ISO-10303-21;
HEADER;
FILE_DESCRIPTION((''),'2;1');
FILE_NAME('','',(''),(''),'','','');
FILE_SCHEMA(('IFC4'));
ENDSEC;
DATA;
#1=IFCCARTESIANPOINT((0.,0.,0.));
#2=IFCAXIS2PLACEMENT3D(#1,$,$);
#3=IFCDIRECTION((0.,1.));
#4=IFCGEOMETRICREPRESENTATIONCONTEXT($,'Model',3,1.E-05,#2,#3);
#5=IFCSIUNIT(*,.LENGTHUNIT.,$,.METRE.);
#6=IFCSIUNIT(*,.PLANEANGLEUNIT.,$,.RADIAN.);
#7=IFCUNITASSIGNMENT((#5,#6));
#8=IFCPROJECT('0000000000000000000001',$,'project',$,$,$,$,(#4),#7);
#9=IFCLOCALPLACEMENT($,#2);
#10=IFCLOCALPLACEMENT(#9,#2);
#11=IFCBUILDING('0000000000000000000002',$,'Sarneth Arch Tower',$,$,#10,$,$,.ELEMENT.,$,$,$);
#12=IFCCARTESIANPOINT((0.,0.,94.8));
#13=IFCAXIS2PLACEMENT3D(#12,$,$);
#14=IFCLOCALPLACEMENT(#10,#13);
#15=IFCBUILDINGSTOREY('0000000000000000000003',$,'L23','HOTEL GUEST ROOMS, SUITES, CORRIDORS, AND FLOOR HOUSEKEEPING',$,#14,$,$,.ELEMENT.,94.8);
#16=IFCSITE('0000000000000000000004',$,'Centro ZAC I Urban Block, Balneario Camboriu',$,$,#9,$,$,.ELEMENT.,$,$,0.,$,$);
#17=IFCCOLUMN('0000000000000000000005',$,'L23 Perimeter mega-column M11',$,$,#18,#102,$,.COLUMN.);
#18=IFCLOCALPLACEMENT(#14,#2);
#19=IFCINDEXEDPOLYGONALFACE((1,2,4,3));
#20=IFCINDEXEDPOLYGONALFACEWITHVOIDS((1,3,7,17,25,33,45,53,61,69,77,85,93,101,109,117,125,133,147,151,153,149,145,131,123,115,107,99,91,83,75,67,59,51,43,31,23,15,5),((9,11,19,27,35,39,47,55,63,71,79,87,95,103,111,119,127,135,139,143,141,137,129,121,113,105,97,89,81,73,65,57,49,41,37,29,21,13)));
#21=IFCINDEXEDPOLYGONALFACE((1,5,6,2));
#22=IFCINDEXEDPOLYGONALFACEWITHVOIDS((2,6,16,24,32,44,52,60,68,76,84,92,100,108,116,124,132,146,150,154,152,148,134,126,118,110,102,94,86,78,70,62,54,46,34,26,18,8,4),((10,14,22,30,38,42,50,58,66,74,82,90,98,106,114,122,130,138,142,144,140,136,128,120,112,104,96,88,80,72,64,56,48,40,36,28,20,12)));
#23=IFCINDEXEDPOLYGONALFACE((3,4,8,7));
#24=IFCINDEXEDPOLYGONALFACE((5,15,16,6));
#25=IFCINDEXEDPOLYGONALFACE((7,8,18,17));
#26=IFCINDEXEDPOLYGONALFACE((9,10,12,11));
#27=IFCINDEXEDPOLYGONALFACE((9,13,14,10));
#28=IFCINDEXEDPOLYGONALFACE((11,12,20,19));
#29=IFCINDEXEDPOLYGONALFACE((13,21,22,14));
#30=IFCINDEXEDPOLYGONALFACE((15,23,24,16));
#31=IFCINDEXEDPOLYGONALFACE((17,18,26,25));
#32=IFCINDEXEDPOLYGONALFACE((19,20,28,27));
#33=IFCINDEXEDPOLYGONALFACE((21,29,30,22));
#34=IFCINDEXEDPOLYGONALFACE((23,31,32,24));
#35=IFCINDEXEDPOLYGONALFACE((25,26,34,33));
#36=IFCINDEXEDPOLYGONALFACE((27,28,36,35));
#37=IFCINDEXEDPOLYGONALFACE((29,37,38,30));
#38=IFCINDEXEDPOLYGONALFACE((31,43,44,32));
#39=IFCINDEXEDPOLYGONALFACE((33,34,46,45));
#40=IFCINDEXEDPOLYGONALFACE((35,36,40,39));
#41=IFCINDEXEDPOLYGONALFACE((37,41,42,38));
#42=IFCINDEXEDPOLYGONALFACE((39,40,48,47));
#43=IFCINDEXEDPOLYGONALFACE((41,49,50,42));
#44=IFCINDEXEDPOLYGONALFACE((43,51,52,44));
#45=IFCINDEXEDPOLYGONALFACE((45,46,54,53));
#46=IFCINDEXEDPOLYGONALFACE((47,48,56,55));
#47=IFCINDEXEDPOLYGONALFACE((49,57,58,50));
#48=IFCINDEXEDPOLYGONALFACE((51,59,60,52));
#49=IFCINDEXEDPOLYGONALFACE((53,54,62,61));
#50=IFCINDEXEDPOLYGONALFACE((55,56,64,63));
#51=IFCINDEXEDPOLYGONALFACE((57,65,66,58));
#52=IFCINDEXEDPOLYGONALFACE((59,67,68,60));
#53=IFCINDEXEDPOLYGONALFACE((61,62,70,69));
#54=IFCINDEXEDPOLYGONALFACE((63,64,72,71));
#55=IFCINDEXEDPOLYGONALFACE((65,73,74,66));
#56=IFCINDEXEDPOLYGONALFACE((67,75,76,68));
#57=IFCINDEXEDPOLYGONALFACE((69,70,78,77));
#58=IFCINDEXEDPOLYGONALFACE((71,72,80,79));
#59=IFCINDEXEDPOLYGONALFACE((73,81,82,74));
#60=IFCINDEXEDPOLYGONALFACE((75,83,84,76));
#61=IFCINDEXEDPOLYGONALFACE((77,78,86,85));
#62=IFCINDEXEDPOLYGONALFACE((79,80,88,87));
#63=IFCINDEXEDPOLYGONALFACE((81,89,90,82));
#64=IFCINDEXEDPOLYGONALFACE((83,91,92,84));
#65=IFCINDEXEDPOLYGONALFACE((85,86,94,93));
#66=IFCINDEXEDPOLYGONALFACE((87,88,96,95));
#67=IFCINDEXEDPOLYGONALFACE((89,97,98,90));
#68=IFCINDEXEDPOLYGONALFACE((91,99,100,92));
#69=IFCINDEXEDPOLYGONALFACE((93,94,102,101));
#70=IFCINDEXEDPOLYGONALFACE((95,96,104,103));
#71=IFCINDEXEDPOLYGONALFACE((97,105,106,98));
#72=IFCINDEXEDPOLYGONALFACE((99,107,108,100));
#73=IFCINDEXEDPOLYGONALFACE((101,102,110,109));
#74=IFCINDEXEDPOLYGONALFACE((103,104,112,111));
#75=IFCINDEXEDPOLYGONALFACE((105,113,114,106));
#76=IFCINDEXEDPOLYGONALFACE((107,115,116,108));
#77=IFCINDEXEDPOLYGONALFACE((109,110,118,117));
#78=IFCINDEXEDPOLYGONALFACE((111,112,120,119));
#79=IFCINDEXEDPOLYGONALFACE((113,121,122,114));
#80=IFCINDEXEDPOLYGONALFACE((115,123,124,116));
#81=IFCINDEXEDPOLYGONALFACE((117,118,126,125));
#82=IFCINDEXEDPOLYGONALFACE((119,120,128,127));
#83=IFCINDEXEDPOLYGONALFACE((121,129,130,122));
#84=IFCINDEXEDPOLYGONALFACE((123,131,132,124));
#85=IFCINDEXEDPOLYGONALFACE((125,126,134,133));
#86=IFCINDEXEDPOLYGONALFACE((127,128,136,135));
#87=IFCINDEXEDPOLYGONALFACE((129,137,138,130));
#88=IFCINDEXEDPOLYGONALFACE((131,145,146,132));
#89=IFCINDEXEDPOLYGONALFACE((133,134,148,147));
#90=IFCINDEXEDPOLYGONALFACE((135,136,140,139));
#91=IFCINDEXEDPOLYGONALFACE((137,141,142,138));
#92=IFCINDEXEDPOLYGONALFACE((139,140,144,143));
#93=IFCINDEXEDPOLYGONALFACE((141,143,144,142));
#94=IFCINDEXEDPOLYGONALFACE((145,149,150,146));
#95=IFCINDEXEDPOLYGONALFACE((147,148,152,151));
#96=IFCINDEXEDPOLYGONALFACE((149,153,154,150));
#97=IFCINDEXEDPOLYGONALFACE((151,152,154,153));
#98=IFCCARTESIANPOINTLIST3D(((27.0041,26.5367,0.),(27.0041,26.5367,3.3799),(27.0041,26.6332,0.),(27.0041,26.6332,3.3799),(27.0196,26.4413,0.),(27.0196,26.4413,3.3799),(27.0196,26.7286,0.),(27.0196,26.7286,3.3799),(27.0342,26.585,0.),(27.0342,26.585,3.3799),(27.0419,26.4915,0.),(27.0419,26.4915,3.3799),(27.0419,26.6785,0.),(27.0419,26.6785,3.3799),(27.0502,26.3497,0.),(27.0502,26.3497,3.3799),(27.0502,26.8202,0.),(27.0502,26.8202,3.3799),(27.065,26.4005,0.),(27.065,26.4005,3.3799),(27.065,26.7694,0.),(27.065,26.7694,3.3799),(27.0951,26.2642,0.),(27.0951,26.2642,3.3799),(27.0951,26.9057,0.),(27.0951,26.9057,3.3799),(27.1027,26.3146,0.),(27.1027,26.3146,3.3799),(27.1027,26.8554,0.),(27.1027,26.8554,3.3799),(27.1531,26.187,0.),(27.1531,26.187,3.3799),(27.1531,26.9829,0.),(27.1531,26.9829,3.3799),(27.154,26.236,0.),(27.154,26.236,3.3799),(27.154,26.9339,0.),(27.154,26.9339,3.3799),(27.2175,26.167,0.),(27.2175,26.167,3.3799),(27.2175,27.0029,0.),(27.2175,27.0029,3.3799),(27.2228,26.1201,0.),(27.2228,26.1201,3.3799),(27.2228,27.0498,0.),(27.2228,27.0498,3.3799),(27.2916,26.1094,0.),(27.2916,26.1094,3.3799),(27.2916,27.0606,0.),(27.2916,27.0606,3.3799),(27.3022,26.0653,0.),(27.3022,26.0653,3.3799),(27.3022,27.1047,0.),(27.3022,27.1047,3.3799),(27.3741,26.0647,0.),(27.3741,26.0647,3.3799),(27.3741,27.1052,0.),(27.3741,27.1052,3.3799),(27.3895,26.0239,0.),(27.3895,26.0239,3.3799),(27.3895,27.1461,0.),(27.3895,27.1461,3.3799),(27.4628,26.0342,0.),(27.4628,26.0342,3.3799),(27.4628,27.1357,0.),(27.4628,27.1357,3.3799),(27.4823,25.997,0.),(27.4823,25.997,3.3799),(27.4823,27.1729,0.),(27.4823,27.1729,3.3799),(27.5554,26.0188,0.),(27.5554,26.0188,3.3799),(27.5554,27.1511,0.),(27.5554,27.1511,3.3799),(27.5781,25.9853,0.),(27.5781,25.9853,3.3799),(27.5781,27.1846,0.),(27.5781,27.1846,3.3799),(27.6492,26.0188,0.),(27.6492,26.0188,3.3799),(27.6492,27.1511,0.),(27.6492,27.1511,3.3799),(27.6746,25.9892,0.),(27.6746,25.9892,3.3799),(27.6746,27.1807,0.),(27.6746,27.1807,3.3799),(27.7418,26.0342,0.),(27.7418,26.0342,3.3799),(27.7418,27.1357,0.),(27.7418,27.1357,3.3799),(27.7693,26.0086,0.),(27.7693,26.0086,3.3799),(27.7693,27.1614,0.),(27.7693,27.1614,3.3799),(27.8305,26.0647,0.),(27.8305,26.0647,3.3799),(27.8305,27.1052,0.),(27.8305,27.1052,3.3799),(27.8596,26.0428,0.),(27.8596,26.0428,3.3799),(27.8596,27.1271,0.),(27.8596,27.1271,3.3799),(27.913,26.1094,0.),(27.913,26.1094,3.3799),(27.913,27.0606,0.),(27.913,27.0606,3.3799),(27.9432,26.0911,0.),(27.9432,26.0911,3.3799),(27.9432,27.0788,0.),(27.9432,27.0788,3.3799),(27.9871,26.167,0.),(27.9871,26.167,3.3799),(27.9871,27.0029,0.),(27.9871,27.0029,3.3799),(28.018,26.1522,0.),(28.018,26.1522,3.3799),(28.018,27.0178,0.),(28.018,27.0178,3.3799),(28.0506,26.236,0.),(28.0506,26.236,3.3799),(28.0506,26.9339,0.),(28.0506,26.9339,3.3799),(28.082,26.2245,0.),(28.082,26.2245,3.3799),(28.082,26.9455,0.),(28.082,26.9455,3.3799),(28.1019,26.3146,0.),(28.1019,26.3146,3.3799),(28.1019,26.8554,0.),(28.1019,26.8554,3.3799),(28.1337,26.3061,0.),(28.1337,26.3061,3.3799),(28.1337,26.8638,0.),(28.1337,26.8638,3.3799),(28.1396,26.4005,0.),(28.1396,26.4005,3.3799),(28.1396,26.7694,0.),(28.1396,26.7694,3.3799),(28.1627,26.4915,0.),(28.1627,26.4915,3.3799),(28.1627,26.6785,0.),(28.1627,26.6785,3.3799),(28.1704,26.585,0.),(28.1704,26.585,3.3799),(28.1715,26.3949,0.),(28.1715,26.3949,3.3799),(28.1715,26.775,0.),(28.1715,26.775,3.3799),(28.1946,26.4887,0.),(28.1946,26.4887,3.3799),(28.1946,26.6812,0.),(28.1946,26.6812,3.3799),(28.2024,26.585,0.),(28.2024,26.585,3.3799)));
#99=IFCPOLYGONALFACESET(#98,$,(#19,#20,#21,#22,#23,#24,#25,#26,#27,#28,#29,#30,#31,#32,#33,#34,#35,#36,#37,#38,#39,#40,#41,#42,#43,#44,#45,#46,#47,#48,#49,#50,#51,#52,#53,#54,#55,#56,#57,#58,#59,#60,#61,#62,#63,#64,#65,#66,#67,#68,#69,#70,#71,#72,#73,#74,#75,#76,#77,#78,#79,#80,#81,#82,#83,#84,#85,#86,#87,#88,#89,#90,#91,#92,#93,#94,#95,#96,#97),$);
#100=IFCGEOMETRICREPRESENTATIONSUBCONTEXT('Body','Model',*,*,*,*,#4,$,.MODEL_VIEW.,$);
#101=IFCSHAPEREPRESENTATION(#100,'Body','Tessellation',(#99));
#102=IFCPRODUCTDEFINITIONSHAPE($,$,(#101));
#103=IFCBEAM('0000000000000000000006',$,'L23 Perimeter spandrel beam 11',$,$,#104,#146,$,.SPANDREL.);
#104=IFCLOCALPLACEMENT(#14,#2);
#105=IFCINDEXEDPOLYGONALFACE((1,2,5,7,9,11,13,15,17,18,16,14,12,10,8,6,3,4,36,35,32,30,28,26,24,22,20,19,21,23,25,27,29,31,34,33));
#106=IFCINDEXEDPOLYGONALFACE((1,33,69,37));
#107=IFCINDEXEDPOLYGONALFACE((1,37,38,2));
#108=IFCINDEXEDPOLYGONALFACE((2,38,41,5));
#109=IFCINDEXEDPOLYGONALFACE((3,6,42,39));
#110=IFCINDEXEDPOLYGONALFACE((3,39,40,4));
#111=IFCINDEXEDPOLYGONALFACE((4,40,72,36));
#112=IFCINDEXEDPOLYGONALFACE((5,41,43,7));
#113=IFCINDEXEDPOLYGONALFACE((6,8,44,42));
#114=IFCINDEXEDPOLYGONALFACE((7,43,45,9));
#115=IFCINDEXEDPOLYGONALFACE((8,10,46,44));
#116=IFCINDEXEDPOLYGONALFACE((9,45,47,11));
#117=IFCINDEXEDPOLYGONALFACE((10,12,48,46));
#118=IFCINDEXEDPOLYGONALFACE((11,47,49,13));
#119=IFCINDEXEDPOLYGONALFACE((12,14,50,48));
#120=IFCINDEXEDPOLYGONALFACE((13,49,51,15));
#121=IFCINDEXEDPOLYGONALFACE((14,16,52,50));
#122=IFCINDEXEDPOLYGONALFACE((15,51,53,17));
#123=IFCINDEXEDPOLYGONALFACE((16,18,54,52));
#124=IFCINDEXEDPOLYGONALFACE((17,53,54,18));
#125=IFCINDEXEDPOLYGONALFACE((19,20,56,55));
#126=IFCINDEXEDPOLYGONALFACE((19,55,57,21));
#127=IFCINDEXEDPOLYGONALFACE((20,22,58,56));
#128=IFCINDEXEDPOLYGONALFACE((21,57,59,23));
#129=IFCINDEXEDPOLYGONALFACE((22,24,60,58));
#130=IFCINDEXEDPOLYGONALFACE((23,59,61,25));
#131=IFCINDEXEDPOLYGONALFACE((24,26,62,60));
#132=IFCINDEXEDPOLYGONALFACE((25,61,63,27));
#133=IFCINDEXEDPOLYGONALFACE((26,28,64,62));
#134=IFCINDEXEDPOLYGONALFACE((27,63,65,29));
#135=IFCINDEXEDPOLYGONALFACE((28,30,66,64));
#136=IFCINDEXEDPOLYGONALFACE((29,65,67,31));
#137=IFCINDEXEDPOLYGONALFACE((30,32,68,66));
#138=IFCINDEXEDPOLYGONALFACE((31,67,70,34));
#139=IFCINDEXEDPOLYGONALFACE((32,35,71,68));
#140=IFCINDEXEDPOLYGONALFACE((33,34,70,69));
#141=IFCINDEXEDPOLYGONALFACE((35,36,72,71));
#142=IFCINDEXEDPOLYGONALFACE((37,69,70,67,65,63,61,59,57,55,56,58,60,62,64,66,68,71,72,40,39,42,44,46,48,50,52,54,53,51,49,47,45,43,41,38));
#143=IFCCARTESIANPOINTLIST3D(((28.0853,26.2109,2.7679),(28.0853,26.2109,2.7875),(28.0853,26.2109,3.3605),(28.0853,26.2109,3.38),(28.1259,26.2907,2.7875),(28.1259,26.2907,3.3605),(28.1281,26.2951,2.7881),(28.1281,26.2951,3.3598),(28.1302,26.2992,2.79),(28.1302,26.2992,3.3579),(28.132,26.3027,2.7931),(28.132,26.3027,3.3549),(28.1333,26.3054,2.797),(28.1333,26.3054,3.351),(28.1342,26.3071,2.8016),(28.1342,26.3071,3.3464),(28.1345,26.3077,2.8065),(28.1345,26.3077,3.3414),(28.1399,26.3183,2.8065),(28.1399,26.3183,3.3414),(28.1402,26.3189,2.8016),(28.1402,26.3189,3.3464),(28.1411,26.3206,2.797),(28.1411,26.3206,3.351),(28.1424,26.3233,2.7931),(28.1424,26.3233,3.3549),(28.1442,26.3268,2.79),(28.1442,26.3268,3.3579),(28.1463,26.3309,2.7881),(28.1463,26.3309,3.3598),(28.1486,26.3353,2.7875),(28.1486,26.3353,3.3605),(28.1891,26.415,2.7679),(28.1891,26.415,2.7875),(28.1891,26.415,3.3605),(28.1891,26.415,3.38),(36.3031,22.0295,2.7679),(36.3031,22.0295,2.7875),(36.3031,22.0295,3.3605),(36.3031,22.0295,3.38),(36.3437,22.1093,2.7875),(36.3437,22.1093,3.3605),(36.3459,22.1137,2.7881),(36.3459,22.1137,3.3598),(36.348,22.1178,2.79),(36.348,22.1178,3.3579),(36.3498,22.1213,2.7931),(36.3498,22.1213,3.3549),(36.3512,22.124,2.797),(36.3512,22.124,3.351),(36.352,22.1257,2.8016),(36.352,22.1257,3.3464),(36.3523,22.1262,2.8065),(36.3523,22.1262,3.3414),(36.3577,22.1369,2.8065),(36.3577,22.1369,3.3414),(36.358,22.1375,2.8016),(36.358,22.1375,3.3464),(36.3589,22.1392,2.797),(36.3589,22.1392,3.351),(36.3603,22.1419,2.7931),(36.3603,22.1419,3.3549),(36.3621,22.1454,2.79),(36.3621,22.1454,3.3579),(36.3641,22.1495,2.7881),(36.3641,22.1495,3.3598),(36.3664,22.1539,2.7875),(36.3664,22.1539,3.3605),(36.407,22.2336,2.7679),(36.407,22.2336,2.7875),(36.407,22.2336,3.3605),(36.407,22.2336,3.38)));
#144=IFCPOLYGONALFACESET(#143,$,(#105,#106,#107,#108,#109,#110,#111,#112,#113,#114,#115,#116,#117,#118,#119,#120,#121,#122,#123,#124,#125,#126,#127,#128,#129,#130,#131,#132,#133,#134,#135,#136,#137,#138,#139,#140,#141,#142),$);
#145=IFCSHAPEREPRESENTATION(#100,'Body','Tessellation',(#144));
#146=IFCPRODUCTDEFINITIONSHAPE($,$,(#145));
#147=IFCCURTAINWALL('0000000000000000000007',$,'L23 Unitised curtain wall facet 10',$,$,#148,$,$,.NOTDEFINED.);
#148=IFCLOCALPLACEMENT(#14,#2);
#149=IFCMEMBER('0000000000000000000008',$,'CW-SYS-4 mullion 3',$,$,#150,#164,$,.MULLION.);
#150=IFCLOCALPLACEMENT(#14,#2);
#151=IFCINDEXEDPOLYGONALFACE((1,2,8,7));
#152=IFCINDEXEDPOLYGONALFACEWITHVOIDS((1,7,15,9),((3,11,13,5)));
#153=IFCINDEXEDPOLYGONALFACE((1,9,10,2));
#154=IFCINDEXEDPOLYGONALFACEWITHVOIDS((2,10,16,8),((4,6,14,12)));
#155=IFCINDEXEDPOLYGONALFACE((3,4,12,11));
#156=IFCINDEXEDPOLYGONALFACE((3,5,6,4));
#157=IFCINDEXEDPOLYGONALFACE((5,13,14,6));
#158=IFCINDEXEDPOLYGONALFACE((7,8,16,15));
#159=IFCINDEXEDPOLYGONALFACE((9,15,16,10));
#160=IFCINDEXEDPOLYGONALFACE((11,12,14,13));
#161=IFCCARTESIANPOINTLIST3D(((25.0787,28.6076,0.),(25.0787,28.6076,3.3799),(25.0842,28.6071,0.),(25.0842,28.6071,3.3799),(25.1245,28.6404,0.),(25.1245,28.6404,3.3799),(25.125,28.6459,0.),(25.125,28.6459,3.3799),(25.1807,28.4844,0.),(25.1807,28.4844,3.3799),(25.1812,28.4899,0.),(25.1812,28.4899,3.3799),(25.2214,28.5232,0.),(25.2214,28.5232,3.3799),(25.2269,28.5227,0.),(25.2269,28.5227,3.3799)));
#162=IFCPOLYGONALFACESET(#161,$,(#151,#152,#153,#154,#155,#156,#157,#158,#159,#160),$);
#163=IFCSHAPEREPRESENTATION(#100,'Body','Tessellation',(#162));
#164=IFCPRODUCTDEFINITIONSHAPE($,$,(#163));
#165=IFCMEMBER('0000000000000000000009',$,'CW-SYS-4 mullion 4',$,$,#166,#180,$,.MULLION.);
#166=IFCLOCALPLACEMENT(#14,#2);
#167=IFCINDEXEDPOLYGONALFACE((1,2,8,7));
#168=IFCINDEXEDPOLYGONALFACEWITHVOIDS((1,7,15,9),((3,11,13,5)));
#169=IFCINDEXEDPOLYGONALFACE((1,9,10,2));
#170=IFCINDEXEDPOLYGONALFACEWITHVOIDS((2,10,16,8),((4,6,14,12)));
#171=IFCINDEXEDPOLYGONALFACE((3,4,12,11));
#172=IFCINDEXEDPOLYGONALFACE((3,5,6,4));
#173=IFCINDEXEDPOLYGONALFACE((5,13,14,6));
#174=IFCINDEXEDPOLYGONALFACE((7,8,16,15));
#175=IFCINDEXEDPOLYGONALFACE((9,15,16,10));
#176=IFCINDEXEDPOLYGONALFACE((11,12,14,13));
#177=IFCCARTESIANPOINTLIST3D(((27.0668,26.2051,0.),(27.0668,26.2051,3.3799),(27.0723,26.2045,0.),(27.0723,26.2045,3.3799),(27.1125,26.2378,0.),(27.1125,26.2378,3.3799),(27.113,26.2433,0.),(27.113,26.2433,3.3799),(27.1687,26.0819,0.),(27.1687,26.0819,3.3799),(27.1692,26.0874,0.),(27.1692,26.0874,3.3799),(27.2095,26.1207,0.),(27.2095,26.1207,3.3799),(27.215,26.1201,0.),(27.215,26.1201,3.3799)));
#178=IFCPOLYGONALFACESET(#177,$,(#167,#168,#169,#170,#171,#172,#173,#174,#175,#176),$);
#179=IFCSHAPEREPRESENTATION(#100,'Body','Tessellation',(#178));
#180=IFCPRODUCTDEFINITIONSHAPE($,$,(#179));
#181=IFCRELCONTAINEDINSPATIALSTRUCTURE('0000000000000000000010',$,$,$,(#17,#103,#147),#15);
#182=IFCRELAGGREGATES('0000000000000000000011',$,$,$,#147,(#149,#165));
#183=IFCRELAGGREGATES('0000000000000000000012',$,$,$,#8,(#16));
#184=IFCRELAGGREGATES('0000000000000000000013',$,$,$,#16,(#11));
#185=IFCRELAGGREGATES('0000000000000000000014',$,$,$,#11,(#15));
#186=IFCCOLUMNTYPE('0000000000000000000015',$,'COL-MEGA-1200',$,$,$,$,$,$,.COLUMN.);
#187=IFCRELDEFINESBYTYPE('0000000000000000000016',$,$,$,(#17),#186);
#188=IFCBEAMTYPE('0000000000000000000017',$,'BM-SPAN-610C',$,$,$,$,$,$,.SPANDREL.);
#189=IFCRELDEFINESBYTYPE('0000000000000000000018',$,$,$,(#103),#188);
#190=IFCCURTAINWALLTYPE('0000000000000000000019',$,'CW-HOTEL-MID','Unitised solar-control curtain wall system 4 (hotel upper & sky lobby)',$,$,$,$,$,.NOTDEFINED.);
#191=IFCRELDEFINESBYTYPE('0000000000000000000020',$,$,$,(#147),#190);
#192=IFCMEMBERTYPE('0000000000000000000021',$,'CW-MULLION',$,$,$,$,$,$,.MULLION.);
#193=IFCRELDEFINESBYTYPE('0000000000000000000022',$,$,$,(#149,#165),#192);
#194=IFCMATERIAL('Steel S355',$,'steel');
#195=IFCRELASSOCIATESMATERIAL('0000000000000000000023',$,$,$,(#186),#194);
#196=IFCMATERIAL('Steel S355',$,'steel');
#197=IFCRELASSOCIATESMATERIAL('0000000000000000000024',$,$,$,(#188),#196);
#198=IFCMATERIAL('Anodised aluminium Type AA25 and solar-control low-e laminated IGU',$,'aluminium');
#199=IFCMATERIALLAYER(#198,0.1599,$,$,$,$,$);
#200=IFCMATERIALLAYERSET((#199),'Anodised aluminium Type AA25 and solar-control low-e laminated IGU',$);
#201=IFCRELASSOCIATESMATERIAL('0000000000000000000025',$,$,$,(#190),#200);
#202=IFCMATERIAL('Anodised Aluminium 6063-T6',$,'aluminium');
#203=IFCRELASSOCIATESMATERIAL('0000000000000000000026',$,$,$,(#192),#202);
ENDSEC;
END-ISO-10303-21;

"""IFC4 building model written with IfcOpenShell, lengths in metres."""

from ifc_helpers import new_model, si_unit, direction, frame, origin, origin_2d, place, context, subcontext, project, spatial, hollow_rectangle, hollow_circle, i_section, extrude, material, layer, layer_set, material_profile, profile_set, type_object, element, aggregate, save


model = new_model("IFC4")

# Units and contexts
model_context = context("Model", 3, precision=1e-05, world=origin(), true_north=direction((0.0, 1.0)))
body_context = subcontext(model_context, "Body", "Model", "MODEL_VIEW")
ifc_project = project(units=[si_unit("LENGTHUNIT", "METRE"), si_unit("PLANEANGLEUNIT", "RADIAN")], contexts=[model_context])

# Site, building, storey
site_placement = place(None, origin())
site = spatial("IfcSite", under=ifc_project, at=site_placement, Name="Centro ZAC I Urban Block, Balneario Camboriu", CompositionType="ELEMENT", RefElevation=0.0)
building_placement = place(site_placement, origin())
building = spatial("IfcBuilding", under=site, at=building_placement, Name="Sarneth Arch Tower", CompositionType="ELEMENT")
storey_placement = place(building_placement, frame((0.0, 0.0, 94.8)))
storey = spatial("IfcBuildingStorey", under=building, at=storey_placement, Name="L23", Description="HOTEL GUEST ROOMS, SUITES, CORRIDORS, AND FLOOR HOUSEKEEPING", CompositionType="ELEMENT", Elevation=94.8)

# Column
ifc_material_1 = material(Name="Steel S355", Category="steel")
ifc_material_profile_1 = material_profile(ifc_material_1, hollow_circle(Radius=0.6001, WallThickness=0.032, at=origin_2d()), Name="CHS1200x32")
ifc_profile_set_1 = profile_set([ifc_material_profile_1], Name="Steel S355")
column_type = type_object("IfcColumnType", Name="COL-MEGA-1200", PredefinedType="COLUMN", material=ifc_profile_set_1)
column_placement = place(storey_placement, frame((27.6023, 26.585, 0.0), z_axis=(0.0, 0.0, 1.0), x_axis=(1.0, 0.0, 0.0)))
element("IfcColumn", 1, at=column_placement, inside=storey, type_object=column_type, Name="L23 Perimeter mega-column M11", PredefinedType="COLUMN", context=body_context, shape_type="SweptSolid", body=[
    extrude(hollow_circle(Radius=0.6001, WallThickness=0.032, at=origin_2d()), origin(), (0.0, 0.0, 1.0), 3.3799),
])

# Beam
ifc_material_2 = material(Name="Steel S355", Category="steel")
ifc_material_profile_2 = material_profile(ifc_material_2, i_section(OverallWidth=0.229, OverallDepth=0.6121, WebThickness=0.012, FlangeThickness=0.0195, FilletRadius=0.019, at=origin_2d()), Name="W610x125")
ifc_profile_set_2 = profile_set([ifc_material_profile_2], Name="Steel S355")
beam_type = type_object("IfcBeamType", Name="BM-SPAN-610C", PredefinedType="SPANDREL", material=ifc_profile_set_2)
beam_placement = place(storey_placement, frame((28.1372, 26.313, 3.074), z_axis=(0.891259, -0.453494, 0.0), x_axis=(0.453494, 0.891259, 0.0)))
element("IfcBeam", 2, at=beam_placement, inside=storey, type_object=beam_type, Name="L23 Perimeter spandrel beam 11", PredefinedType="SPANDREL", context=body_context, shape_type="SweptSolid", body=[
    extrude(i_section(OverallWidth=0.229, OverallDepth=0.6121, WebThickness=0.012, FlangeThickness=0.0195, FilletRadius=0.019, at=origin_2d()), origin(), (0.0, 0.0, 1.0), 9.2205),
])

# Curtain wall, members
ifc_material_3 = material(Name="Anodised aluminium Type AA25 and solar-control low-e laminated IGU", Category="aluminium")
ifc_layer_1 = layer(ifc_material_3, 0.1599)
ifc_layer_set_1 = layer_set([ifc_layer_1], Name="Anodised aluminium Type AA25 and solar-control low-e laminated IGU")
curtain_wall_type = type_object("IfcCurtainWallType", Name="CW-HOTEL-MID", Description="Unitised solar-control curtain wall system 4 (hotel upper & sky lobby)", PredefinedType="NOTDEFINED", material=ifc_layer_set_1)
curtain_wall_placement = place(storey_placement, origin())
curtain_wall = element("IfcCurtainWall", 3, at=curtain_wall_placement, inside=storey, type_object=curtain_wall_type, Name="L23 Unitised curtain wall facet 10", PredefinedType="NOTDEFINED")
ifc_material_4 = material(Name="Anodised Aluminium 6063-T6", Category="aluminium")
ifc_material_profile_3 = material_profile(ifc_material_4, hollow_rectangle(XDim=0.0601, YDim=0.1599, WallThickness=0.0039, at=origin_2d()), Name="AL-MULL-160x60x4")
ifc_profile_set_3 = profile_set([ifc_material_profile_3], Name="Anodised Aluminium 6063-T6")
member_type_1 = type_object("IfcMemberType", Name="CW-MULLION", PredefinedType="MULLION", material=ifc_profile_set_3)
member_1_placement = place(storey_placement, frame((25.1528, 28.5652, 0.0), z_axis=(0.0, 0.0, 1.0), x_axis=(0.770438, 0.637515, 0.0)))
member_1 = element("IfcMember", 4, at=member_1_placement, type_object=member_type_1, Name="CW-SYS-4 mullion 3", PredefinedType="MULLION", context=body_context, shape_type="SweptSolid", body=[
    extrude(hollow_rectangle(XDim=0.0601, YDim=0.1599, WallThickness=0.0039, at=origin_2d()), origin(), (0.0, 0.0, 1.0), 3.3799),
])
member_2_placement = place(storey_placement, frame((27.1409, 26.1626, 0.0), z_axis=(0.0, 0.0, 1.0), x_axis=(0.770438, 0.637515, 0.0)))
member_2 = element("IfcMember", 5, at=member_2_placement, type_object=member_type_1, Name="CW-SYS-4 mullion 4", PredefinedType="MULLION", context=body_context, shape_type="SweptSolid", body=[
    extrude(hollow_rectangle(XDim=0.0601, YDim=0.1599, WallThickness=0.0039, at=origin_2d()), origin(), (0.0, 0.0, 1.0), 3.3799),
])

aggregate(curtain_wall, [member_1, member_2])

save(model, "model.ifc")
